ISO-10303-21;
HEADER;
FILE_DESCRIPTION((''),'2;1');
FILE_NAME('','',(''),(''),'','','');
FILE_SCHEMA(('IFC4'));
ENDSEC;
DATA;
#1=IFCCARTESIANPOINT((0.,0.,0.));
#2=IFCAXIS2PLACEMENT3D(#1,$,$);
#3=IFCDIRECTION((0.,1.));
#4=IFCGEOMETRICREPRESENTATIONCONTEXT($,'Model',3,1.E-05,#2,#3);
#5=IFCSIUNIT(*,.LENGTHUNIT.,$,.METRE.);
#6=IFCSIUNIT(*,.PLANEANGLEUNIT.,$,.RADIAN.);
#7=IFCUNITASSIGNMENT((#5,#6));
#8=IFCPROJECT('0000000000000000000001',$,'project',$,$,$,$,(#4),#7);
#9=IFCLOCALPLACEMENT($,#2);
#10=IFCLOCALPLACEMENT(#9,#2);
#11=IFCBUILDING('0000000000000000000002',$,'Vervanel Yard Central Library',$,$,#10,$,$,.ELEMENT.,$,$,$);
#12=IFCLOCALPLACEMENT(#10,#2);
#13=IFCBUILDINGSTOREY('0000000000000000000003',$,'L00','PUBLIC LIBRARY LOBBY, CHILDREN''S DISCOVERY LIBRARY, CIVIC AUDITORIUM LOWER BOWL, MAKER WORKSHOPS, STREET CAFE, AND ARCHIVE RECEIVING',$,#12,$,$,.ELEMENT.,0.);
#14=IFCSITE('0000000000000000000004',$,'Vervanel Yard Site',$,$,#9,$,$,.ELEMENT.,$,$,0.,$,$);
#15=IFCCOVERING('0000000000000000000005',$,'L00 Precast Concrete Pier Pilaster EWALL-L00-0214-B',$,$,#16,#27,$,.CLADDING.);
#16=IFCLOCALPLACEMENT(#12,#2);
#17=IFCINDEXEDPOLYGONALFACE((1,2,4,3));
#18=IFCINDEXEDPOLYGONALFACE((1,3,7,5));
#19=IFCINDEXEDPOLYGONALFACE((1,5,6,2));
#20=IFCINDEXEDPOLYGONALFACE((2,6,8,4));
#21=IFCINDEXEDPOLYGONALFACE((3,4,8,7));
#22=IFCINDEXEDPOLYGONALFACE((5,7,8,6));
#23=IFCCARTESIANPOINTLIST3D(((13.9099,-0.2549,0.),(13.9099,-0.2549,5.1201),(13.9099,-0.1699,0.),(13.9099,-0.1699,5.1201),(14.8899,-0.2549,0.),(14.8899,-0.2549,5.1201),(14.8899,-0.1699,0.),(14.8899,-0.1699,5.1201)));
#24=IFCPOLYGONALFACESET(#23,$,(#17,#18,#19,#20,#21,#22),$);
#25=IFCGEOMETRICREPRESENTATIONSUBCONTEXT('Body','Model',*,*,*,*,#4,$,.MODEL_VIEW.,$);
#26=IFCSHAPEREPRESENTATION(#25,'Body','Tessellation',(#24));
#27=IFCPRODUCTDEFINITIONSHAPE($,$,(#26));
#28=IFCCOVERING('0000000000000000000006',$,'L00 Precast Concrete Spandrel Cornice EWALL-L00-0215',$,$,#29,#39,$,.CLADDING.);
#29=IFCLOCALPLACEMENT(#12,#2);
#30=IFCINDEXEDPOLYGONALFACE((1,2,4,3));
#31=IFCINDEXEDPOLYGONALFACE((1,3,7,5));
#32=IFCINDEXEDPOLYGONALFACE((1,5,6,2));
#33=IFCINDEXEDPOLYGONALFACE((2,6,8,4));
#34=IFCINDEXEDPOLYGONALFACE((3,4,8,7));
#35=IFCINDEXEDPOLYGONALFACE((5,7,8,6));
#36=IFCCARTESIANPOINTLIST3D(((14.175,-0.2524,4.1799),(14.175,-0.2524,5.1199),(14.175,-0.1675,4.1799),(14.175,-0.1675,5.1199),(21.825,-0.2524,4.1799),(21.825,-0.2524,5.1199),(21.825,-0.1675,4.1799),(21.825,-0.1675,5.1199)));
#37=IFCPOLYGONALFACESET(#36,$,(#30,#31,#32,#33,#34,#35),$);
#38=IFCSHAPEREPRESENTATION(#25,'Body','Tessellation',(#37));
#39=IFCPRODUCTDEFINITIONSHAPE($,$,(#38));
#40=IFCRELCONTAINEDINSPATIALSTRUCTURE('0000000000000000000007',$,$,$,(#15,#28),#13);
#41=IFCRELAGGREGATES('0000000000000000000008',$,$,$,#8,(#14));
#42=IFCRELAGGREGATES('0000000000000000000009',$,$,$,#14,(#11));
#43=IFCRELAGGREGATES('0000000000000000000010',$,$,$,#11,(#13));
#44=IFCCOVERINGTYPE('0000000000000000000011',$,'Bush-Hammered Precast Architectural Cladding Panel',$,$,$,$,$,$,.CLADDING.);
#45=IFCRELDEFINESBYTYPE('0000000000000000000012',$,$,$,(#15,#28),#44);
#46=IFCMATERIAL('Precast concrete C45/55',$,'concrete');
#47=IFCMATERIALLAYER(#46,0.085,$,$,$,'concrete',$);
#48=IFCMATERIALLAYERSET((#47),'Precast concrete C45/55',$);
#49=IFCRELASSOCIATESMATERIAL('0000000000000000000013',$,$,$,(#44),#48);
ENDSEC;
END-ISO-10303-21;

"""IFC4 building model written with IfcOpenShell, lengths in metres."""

from ifc_helpers import new_model, si_unit, direction, frame, origin, origin_2d, place, context, subcontext, project, spatial, rectangle, extrude, material, layer, layer_set, type_object, element, save


model = new_model("IFC4")

# Units and contexts
model_context = context("Model", 3, precision=1e-05, world=origin(), true_north=direction((0.0, 1.0)))
body_context = subcontext(model_context, "Body", "Model", "MODEL_VIEW")
ifc_project = project(units=[si_unit("LENGTHUNIT", "METRE"), si_unit("PLANEANGLEUNIT", "RADIAN")], contexts=[model_context])

# Site, building, storey
site_placement = place(None, origin())
site = spatial("IfcSite", under=ifc_project, at=site_placement, Name="Vervanel Yard Site", CompositionType="ELEMENT", RefElevation=0.0)
building_placement = place(site_placement, origin())
building = spatial("IfcBuilding", under=site, at=building_placement, Name="Vervanel Yard Central Library", CompositionType="ELEMENT")
storey_placement = place(building_placement, origin())
storey = spatial("IfcBuildingStorey", under=building, at=storey_placement, Name="L00", Description="PUBLIC LIBRARY LOBBY, CHILDREN'S DISCOVERY LIBRARY, CIVIC AUDITORIUM LOWER BOWL, MAKER WORKSHOPS, STREET CAFE, AND ARCHIVE RECEIVING", CompositionType="ELEMENT", Elevation=0.0)

# Coverings
ifc_material_1 = material(Name="Precast concrete C45/55", Category="concrete")
ifc_layer_1 = layer(ifc_material_1, 0.085, Category="concrete")
ifc_layer_set_1 = layer_set([ifc_layer_1], Name="Precast concrete C45/55")
covering_type = type_object("IfcCoveringType", Name="Bush-Hammered Precast Architectural Cladding Panel", PredefinedType="CLADDING", material=ifc_layer_set_1)
covering_1_placement = place(storey_placement, frame((14.3999, -0.2124, 0.0), z_axis=(0.0, 0.0, 1.0), x_axis=(1.0, 0.0, 0.0)))
element("IfcCovering", 1, at=covering_1_placement, inside=storey, type_object=covering_type, Name="L00 Precast Concrete Pier Pilaster EWALL-L00-0214-B", PredefinedType="CLADDING", context=body_context, shape_type="SweptSolid", body=[
    extrude(rectangle(XDim=0.98, YDim=0.085, at=origin_2d()), origin(), (0.0, 0.0, 1.0), 5.1201),
])
covering_2_placement = place(storey_placement, frame((18.0, -0.21, 4.1799), z_axis=(0.0, 0.0, 1.0), x_axis=(1.0, 0.0, 0.0)))
element("IfcCovering", 2, at=covering_2_placement, inside=storey, type_object=covering_type, Name="L00 Precast Concrete Spandrel Cornice EWALL-L00-0215", PredefinedType="CLADDING", context=body_context, shape_type="SweptSolid", body=[
    extrude(rectangle(XDim=7.6499, YDim=0.085, at=origin_2d()), origin(), (0.0, 0.0, 1.0), 0.9399),
])

save(model, "model.ifc")
